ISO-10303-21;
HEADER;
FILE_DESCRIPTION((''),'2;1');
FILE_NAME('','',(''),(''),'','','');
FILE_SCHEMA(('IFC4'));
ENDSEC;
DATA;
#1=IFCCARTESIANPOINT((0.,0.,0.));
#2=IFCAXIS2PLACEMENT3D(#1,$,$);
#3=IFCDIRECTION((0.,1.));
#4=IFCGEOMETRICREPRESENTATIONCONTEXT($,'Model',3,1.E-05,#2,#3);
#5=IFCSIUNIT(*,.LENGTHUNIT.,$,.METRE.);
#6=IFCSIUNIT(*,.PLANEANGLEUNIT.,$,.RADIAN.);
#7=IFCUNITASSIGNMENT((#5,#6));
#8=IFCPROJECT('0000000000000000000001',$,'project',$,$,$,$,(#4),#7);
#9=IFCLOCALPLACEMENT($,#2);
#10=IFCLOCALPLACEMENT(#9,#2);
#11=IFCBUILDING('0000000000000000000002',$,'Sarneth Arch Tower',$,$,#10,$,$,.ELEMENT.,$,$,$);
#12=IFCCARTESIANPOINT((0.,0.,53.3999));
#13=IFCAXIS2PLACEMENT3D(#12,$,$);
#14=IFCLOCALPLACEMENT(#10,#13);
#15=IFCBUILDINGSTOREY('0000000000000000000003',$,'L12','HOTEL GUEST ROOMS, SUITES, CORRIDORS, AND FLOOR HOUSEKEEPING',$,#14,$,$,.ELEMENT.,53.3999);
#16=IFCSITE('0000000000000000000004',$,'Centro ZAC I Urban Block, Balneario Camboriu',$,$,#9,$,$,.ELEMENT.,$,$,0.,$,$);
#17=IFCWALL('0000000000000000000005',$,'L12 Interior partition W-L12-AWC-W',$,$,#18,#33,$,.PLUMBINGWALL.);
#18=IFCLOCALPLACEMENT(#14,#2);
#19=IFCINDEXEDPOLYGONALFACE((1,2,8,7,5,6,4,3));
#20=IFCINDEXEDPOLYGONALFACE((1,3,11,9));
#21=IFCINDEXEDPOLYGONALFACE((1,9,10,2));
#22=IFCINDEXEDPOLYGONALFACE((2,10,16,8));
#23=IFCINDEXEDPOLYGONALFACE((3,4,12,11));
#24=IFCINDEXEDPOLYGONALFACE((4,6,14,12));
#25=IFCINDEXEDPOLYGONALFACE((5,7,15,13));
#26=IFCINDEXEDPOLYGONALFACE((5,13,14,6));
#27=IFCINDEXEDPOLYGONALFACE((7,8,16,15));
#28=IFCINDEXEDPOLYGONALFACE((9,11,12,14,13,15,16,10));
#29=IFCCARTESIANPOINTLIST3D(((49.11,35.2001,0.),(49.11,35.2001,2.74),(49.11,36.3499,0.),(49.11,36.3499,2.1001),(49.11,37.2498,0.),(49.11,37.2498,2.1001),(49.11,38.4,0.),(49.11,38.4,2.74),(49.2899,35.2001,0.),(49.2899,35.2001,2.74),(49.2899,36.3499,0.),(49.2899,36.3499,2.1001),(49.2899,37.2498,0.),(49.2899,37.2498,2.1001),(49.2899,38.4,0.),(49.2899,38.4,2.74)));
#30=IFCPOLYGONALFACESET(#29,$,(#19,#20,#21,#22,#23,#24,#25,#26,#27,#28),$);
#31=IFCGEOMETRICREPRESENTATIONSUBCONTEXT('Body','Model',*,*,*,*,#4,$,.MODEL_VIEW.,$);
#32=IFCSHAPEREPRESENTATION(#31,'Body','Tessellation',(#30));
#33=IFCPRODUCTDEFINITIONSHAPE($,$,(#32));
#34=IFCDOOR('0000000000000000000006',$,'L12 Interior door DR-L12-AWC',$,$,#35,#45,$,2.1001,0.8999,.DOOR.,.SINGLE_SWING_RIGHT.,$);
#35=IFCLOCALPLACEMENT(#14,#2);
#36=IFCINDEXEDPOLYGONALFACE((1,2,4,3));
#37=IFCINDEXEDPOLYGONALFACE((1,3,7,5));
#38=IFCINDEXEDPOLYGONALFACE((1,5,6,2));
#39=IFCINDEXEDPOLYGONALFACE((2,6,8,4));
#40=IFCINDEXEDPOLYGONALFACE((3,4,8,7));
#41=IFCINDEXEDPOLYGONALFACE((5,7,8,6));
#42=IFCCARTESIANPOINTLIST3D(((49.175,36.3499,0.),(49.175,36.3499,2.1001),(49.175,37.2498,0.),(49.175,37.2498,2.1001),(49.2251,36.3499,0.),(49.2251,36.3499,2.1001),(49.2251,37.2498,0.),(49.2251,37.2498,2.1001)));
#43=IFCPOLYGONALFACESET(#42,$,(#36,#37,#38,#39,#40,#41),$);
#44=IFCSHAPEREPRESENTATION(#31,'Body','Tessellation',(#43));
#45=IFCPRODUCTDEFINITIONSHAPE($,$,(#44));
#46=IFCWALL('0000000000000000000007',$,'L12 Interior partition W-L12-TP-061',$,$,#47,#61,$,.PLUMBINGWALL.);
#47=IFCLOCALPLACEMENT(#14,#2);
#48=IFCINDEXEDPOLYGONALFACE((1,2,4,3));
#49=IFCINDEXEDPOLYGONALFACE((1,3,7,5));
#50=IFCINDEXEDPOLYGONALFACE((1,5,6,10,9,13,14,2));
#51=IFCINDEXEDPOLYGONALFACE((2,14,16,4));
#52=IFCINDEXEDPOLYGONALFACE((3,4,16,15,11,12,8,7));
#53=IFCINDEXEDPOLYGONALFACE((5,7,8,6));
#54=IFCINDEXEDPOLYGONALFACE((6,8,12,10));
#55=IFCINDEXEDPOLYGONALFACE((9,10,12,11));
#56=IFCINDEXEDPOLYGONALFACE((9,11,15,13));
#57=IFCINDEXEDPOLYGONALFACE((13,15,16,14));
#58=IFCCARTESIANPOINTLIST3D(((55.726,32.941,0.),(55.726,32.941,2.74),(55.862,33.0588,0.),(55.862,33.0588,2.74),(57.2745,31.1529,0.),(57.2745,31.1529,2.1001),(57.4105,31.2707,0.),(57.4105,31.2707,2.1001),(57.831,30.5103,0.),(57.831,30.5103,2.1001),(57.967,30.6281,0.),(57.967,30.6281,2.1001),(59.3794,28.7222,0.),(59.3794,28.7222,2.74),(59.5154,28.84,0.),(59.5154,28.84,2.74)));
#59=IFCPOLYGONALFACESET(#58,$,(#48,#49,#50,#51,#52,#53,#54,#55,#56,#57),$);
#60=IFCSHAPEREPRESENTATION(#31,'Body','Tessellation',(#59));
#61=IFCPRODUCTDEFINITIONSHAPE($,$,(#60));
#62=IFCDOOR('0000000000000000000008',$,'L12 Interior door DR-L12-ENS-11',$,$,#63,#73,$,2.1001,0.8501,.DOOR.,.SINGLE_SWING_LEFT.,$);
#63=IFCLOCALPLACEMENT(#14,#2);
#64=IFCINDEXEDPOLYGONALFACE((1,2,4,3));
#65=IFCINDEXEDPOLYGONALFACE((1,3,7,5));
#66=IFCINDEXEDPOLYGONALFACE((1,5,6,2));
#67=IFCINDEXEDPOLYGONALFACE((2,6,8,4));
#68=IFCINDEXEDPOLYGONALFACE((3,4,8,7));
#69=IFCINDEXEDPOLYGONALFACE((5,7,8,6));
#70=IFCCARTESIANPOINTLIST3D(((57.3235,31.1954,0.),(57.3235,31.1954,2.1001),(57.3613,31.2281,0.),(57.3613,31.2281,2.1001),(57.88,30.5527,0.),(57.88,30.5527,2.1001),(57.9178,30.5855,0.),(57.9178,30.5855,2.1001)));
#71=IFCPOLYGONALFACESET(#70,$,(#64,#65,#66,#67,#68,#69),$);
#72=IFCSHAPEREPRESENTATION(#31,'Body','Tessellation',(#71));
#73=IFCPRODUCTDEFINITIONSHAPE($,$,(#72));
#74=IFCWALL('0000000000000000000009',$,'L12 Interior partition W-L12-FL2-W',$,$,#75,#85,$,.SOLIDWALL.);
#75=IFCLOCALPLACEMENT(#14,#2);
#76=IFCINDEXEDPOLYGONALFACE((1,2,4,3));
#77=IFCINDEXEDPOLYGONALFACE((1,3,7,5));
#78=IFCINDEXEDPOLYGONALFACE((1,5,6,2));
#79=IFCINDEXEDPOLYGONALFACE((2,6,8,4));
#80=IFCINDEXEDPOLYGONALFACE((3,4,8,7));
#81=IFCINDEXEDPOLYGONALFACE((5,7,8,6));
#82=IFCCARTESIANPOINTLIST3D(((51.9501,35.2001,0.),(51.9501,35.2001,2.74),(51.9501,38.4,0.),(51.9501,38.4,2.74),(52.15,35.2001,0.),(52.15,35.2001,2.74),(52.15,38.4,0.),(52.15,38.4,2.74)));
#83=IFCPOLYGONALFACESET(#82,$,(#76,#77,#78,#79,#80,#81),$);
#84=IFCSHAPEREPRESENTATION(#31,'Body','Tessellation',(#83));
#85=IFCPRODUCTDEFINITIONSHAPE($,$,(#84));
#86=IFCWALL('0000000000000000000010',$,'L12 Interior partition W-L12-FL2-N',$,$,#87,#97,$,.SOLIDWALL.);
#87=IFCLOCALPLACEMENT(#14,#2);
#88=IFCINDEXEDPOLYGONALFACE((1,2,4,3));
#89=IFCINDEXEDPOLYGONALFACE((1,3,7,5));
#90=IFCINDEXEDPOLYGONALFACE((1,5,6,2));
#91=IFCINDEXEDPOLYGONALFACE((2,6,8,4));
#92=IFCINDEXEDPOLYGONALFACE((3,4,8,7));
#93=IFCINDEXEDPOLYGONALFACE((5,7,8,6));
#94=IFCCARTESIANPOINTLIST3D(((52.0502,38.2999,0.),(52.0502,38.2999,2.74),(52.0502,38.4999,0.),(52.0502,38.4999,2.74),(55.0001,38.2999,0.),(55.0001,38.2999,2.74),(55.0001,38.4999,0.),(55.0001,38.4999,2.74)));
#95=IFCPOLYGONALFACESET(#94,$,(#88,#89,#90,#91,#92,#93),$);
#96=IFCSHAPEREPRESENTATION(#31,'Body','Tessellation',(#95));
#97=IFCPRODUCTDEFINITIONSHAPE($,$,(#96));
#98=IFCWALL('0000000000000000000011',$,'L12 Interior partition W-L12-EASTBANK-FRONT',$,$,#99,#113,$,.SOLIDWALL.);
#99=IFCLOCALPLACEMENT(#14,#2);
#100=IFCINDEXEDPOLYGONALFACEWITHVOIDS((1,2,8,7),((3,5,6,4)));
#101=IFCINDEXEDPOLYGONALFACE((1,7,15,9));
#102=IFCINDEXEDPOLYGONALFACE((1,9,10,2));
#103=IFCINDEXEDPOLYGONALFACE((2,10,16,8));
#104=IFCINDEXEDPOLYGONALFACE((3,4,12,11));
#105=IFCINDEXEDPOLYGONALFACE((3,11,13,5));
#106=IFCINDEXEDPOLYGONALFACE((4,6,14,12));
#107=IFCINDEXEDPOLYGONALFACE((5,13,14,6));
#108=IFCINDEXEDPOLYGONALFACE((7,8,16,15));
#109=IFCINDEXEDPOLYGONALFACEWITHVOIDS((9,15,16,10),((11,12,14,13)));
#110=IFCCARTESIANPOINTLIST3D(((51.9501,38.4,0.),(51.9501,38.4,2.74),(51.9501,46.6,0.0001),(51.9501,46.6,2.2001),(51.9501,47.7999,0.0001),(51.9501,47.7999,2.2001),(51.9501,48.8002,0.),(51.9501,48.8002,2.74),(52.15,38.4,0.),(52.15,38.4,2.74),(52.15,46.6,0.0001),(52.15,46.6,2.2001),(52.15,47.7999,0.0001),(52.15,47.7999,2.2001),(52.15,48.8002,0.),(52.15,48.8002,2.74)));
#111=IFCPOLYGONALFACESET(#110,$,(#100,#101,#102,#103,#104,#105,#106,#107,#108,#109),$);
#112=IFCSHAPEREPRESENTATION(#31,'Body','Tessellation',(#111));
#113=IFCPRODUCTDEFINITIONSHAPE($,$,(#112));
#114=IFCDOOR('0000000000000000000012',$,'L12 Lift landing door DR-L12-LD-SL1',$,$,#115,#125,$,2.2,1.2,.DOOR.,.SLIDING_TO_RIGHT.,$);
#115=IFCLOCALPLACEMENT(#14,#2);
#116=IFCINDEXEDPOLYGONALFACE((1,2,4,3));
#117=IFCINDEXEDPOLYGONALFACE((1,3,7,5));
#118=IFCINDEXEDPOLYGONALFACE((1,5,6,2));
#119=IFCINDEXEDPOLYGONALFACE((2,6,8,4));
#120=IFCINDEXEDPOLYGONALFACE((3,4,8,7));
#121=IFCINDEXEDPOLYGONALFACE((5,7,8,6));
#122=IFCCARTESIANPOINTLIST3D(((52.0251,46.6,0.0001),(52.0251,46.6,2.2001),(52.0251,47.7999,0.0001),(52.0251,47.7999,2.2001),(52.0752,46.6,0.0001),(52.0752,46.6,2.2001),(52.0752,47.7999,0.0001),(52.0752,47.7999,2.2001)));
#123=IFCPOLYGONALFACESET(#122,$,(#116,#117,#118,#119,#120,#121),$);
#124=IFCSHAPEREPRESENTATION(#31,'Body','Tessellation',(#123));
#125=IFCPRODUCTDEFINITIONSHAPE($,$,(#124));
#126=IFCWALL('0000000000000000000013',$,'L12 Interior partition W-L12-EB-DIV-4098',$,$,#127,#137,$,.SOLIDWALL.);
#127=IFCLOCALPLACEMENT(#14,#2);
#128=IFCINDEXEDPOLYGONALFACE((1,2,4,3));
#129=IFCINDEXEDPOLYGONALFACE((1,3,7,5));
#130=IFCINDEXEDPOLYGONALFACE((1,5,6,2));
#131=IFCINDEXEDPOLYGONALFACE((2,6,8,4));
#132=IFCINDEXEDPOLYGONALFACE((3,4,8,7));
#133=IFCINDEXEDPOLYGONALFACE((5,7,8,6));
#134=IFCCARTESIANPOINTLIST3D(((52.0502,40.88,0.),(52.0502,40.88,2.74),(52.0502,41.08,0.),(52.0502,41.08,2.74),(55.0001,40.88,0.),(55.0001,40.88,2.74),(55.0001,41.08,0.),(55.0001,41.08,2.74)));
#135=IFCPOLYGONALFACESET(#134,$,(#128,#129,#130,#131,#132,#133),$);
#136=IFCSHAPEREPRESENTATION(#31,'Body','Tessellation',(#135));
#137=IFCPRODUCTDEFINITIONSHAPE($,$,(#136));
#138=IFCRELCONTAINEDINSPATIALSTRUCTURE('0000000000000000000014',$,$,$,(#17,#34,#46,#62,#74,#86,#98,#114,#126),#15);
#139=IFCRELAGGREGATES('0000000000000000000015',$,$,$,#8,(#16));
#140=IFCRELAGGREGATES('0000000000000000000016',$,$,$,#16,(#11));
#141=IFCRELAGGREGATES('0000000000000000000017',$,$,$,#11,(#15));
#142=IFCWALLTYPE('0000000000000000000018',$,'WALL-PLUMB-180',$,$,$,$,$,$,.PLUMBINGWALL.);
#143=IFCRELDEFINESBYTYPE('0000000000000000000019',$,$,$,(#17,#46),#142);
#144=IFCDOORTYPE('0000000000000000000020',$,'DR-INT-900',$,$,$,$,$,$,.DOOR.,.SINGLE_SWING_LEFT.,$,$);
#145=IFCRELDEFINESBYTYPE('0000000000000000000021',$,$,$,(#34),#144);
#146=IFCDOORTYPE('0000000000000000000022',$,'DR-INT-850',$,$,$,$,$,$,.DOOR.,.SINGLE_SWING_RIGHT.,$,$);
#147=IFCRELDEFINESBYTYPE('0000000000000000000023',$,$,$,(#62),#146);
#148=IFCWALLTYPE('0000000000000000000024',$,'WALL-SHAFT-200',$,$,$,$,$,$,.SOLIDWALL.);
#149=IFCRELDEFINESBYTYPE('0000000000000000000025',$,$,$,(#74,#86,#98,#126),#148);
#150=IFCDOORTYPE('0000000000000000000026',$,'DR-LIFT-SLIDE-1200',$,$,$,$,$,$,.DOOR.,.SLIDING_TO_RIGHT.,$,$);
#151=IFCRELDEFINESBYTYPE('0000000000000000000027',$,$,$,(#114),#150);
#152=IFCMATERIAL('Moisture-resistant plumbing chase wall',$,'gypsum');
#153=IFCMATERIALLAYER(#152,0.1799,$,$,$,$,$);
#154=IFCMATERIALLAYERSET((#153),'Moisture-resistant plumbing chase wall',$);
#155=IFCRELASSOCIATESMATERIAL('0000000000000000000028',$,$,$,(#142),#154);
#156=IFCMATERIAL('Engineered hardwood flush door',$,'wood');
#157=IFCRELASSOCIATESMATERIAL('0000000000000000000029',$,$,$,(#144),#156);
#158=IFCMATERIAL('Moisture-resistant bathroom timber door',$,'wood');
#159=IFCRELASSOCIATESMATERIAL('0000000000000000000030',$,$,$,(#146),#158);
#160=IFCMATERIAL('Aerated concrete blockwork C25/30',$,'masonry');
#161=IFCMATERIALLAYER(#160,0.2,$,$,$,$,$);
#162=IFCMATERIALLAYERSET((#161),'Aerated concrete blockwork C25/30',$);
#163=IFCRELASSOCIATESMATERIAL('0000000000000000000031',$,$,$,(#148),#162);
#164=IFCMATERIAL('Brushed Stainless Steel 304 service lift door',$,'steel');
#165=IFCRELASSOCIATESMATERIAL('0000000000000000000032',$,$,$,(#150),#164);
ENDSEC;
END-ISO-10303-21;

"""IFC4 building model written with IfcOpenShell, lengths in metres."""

from ifc_helpers import new_model, si_unit, direction, frame, frame_2d, origin, place, context, subcontext, project, spatial, rectangle, extrude, material, layer, layer_set, type_object, element, fill, save


model = new_model("IFC4")

# Units and contexts
model_context = context("Model", 3, precision=1e-05, world=origin(), true_north=direction((0.0, 1.0)))
body_context = subcontext(model_context, "Body", "Model", "MODEL_VIEW")
ifc_project = project(units=[si_unit("LENGTHUNIT", "METRE"), si_unit("PLANEANGLEUNIT", "RADIAN")], contexts=[model_context])

# Site, building, storey
site_placement = place(None, origin())
site = spatial("IfcSite", under=ifc_project, at=site_placement, Name="Centro ZAC I Urban Block, Balneario Camboriu", CompositionType="ELEMENT", RefElevation=0.0)
building_placement = place(site_placement, origin())
building = spatial("IfcBuilding", under=site, at=building_placement, Name="Sarneth Arch Tower", CompositionType="ELEMENT")
storey_placement = place(building_placement, frame((0.0, 0.0, 53.3999)))
storey = spatial("IfcBuildingStorey", under=building, at=storey_placement, Name="L12", Description="HOTEL GUEST ROOMS, SUITES, CORRIDORS, AND FLOOR HOUSEKEEPING", CompositionType="ELEMENT", Elevation=53.3999)

# Shared definitions
ifc_material_1 = material(Name="Moisture-resistant plumbing chase wall", Category="gypsum")
ifc_layer_1 = layer(ifc_material_1, 0.1799)
ifc_layer_set_1 = layer_set([ifc_layer_1], Name="Moisture-resistant plumbing chase wall")
wall_type_1 = type_object("IfcWallType", Name="WALL-PLUMB-180", PredefinedType="PLUMBINGWALL", material=ifc_layer_set_1)

# Walls, openings, doors
wall_1_placement = place(storey_placement, frame((49.2, 35.2, 0.0), z_axis=(0.0, 0.0, 1.0), x_axis=(0.0, 1.0, 0.0)))
wall_1 = element("IfcWall", 1, at=wall_1_placement, inside=storey, type_object=wall_type_1, Name="L12 Interior partition W-L12-AWC-W", PredefinedType="PLUMBINGWALL", context=body_context, shape_type="SweptSolid", body=[
    extrude(rectangle(XDim=3.2, YDim=0.1799, at=frame_2d((1.6001, 0.0))), origin(), (0.0, 0.0, 1.0), 2.74),
])
opening_1_placement = place(wall_1_placement, frame((1.1499, 0.0, 0.0)))
opening_1 = element("IfcOpeningElement", 2, at=opening_1_placement, cuts=wall_1, PredefinedType="OPENING", context=body_context, shape_type="SweptSolid", body=[
    extrude(rectangle(XDim=0.8999, YDim=2.1001, at=frame_2d((0.45, 1.05))), frame((0.0, 0.0999, 0.0), z_axis=(0.0, -1.0, 0.0), x_axis=(1.0, 0.0, 0.0)), (0.0, 0.0, 1.0), 0.2),
])
ifc_material_2 = material(Name="Engineered hardwood flush door", Category="wood")
door_type_1 = type_object("IfcDoorType", Name="DR-INT-900", OperationType="SINGLE_SWING_LEFT", PredefinedType="DOOR", material=ifc_material_2)
door_1_placement = place(opening_1_placement, origin())
door_1 = element("IfcDoor", 3, at=door_1_placement, inside=storey, type_object=door_type_1, Name="L12 Interior door DR-L12-AWC", OperationType="SINGLE_SWING_RIGHT", OverallHeight=2.1001, OverallWidth=0.8999, PredefinedType="DOOR", context=body_context, shape_type="SweptSolid", body=[
    extrude(rectangle(XDim=0.8999, YDim=2.1001, at=frame_2d((0.45, 1.05))), frame((0.0, 0.0249, 0.0), z_axis=(0.0, -1.0, 0.0), x_axis=(1.0, 0.0, 0.0)), (0.0, 0.0, 1.0), 0.05),
])
fill(opening_1, door_1)
wall_2_placement = place(storey_placement, frame((55.7939, 33.0, 0.0), z_axis=(0.0, 0.0, 1.0), x_axis=(0.654631, -0.755949, 0.0)))
wall_2 = element("IfcWall", 4, at=wall_2_placement, inside=storey, type_object=wall_type_1, Name="L12 Interior partition W-L12-TP-061", PredefinedType="PLUMBINGWALL", context=body_context, shape_type="SweptSolid", body=[
    extrude(rectangle(XDim=5.5808, YDim=0.1799, at=frame_2d((2.7905, 0.0))), origin(), (0.0, 0.0, 1.0), 2.74),
])
opening_2_placement = place(wall_2_placement, frame((2.3655, 0.0, 0.0)))
opening_2 = element("IfcOpeningElement", 5, at=opening_2_placement, cuts=wall_2, PredefinedType="OPENING", context=body_context, shape_type="SweptSolid", body=[
    extrude(rectangle(XDim=0.8501, YDim=2.1001, at=frame_2d((0.425, 1.05))), frame((0.0, 0.0999, 0.0), z_axis=(0.0, -1.0, 0.0), x_axis=(1.0, 0.0, 0.0)), (0.0, 0.0, 1.0), 0.2),
])
ifc_material_3 = material(Name="Moisture-resistant bathroom timber door", Category="wood")
door_type_2 = type_object("IfcDoorType", Name="DR-INT-850", OperationType="SINGLE_SWING_RIGHT", PredefinedType="DOOR", material=ifc_material_3)
door_2_placement = place(opening_2_placement, origin())
door_2 = element("IfcDoor", 6, at=door_2_placement, inside=storey, type_object=door_type_2, Name="L12 Interior door DR-L12-ENS-11", OperationType="SINGLE_SWING_LEFT", OverallHeight=2.1001, OverallWidth=0.8501, PredefinedType="DOOR", context=body_context, shape_type="SweptSolid", body=[
    extrude(rectangle(XDim=0.8501, YDim=2.1001, at=frame_2d((0.425, 1.05))), frame((0.0, 0.0249, 0.0), z_axis=(0.0, -1.0, 0.0), x_axis=(1.0, 0.0, 0.0)), (0.0, 0.0, 1.0), 0.05),
])
fill(opening_2, door_2)
ifc_material_4 = material(Name="Aerated concrete blockwork C25/30", Category="masonry")
ifc_layer_2 = layer(ifc_material_4, 0.2)
ifc_layer_set_2 = layer_set([ifc_layer_2], Name="Aerated concrete blockwork C25/30")
wall_type_2 = type_object("IfcWallType", Name="WALL-SHAFT-200", PredefinedType="SOLIDWALL", material=ifc_layer_set_2)

# Walls
wall_3_placement = place(storey_placement, frame((52.05, 35.2, 0.0), z_axis=(0.0, 0.0, 1.0), x_axis=(0.0, 1.0, 0.0)))
element("IfcWall", 7, at=wall_3_placement, inside=storey, type_object=wall_type_2, Name="L12 Interior partition W-L12-FL2-W", PredefinedType="SOLIDWALL", context=body_context, shape_type="SweptSolid", body=[
    extrude(rectangle(XDim=3.2, YDim=0.2, at=frame_2d((1.6001, 0.0))), origin(), (0.0, 0.0, 1.0), 2.74),
])
wall_4_placement = place(storey_placement, frame((52.05, 38.3999, 0.0), z_axis=(0.0, 0.0, 1.0), x_axis=(1.0, 0.0, 0.0)))
element("IfcWall", 8, at=wall_4_placement, inside=storey, type_object=wall_type_2, Name="L12 Interior partition W-L12-FL2-N", PredefinedType="SOLIDWALL", context=body_context, shape_type="SweptSolid", body=[
    extrude(rectangle(XDim=2.95, YDim=0.2, at=frame_2d((1.4751, 0.0))), origin(), (0.0, 0.0, 1.0), 2.74),
])

# Wall, opening, door
wall_5_placement = place(storey_placement, frame((52.05, 38.3999, 0.0), z_axis=(0.0, 0.0, 1.0), x_axis=(0.0, 1.0, 0.0)))
wall_5 = element("IfcWall", 9, at=wall_5_placement, inside=storey, type_object=wall_type_2, Name="L12 Interior partition W-L12-EASTBANK-FRONT", PredefinedType="SOLIDWALL", context=body_context, shape_type="SweptSolid", body=[
    extrude(rectangle(XDim=10.4001, YDim=0.2, at=frame_2d((5.2002, 0.0))), origin(), (0.0, 0.0, 1.0), 2.74),
])
opening_3_placement = place(wall_5_placement, frame((8.2, 0.0, 0.0)))
opening_3 = element("IfcOpeningElement", 10, at=opening_3_placement, cuts=wall_5, PredefinedType="OPENING", context=body_context, shape_type="SweptSolid", body=[
    extrude(rectangle(XDim=1.2, YDim=2.2, at=frame_2d((0.6001, 1.1001))), frame((0.0, 0.1099, 0.0), z_axis=(0.0, -1.0, 0.0), x_axis=(1.0, 0.0, 0.0)), (0.0, 0.0, 1.0), 0.22),
])
ifc_material_5 = material(Name="Brushed Stainless Steel 304 service lift door", Category="steel")
door_type_3 = type_object("IfcDoorType", Name="DR-LIFT-SLIDE-1200", OperationType="SLIDING_TO_RIGHT", PredefinedType="DOOR", material=ifc_material_5)
door_3_placement = place(opening_3_placement, origin())
door_3 = element("IfcDoor", 11, at=door_3_placement, inside=storey, type_object=door_type_3, Name="L12 Lift landing door DR-L12-LD-SL1", OperationType="SLIDING_TO_RIGHT", OverallHeight=2.2, OverallWidth=1.2, PredefinedType="DOOR", context=body_context, shape_type="SweptSolid", body=[
    extrude(rectangle(XDim=1.2, YDim=2.2, at=frame_2d((0.6001, 1.1001))), frame((0.0, 0.0249, 0.0), z_axis=(0.0, -1.0, 0.0), x_axis=(1.0, 0.0, 0.0)), (0.0, 0.0, 1.0), 0.05),
])
fill(opening_3, door_3)

# Wall
wall_6_placement = place(storey_placement, frame((52.05, 40.98, 0.0), z_axis=(0.0, 0.0, 1.0), x_axis=(1.0, 0.0, 0.0)))
element("IfcWall", 12, at=wall_6_placement, inside=storey, type_object=wall_type_2, Name="L12 Interior partition W-L12-EB-DIV-4098", PredefinedType="SOLIDWALL", context=body_context, shape_type="SweptSolid", body=[
    extrude(rectangle(XDim=2.95, YDim=0.2, at=frame_2d((1.4751, 0.0))), origin(), (0.0, 0.0, 1.0), 2.74),
])

save(model, "model.ifc")
